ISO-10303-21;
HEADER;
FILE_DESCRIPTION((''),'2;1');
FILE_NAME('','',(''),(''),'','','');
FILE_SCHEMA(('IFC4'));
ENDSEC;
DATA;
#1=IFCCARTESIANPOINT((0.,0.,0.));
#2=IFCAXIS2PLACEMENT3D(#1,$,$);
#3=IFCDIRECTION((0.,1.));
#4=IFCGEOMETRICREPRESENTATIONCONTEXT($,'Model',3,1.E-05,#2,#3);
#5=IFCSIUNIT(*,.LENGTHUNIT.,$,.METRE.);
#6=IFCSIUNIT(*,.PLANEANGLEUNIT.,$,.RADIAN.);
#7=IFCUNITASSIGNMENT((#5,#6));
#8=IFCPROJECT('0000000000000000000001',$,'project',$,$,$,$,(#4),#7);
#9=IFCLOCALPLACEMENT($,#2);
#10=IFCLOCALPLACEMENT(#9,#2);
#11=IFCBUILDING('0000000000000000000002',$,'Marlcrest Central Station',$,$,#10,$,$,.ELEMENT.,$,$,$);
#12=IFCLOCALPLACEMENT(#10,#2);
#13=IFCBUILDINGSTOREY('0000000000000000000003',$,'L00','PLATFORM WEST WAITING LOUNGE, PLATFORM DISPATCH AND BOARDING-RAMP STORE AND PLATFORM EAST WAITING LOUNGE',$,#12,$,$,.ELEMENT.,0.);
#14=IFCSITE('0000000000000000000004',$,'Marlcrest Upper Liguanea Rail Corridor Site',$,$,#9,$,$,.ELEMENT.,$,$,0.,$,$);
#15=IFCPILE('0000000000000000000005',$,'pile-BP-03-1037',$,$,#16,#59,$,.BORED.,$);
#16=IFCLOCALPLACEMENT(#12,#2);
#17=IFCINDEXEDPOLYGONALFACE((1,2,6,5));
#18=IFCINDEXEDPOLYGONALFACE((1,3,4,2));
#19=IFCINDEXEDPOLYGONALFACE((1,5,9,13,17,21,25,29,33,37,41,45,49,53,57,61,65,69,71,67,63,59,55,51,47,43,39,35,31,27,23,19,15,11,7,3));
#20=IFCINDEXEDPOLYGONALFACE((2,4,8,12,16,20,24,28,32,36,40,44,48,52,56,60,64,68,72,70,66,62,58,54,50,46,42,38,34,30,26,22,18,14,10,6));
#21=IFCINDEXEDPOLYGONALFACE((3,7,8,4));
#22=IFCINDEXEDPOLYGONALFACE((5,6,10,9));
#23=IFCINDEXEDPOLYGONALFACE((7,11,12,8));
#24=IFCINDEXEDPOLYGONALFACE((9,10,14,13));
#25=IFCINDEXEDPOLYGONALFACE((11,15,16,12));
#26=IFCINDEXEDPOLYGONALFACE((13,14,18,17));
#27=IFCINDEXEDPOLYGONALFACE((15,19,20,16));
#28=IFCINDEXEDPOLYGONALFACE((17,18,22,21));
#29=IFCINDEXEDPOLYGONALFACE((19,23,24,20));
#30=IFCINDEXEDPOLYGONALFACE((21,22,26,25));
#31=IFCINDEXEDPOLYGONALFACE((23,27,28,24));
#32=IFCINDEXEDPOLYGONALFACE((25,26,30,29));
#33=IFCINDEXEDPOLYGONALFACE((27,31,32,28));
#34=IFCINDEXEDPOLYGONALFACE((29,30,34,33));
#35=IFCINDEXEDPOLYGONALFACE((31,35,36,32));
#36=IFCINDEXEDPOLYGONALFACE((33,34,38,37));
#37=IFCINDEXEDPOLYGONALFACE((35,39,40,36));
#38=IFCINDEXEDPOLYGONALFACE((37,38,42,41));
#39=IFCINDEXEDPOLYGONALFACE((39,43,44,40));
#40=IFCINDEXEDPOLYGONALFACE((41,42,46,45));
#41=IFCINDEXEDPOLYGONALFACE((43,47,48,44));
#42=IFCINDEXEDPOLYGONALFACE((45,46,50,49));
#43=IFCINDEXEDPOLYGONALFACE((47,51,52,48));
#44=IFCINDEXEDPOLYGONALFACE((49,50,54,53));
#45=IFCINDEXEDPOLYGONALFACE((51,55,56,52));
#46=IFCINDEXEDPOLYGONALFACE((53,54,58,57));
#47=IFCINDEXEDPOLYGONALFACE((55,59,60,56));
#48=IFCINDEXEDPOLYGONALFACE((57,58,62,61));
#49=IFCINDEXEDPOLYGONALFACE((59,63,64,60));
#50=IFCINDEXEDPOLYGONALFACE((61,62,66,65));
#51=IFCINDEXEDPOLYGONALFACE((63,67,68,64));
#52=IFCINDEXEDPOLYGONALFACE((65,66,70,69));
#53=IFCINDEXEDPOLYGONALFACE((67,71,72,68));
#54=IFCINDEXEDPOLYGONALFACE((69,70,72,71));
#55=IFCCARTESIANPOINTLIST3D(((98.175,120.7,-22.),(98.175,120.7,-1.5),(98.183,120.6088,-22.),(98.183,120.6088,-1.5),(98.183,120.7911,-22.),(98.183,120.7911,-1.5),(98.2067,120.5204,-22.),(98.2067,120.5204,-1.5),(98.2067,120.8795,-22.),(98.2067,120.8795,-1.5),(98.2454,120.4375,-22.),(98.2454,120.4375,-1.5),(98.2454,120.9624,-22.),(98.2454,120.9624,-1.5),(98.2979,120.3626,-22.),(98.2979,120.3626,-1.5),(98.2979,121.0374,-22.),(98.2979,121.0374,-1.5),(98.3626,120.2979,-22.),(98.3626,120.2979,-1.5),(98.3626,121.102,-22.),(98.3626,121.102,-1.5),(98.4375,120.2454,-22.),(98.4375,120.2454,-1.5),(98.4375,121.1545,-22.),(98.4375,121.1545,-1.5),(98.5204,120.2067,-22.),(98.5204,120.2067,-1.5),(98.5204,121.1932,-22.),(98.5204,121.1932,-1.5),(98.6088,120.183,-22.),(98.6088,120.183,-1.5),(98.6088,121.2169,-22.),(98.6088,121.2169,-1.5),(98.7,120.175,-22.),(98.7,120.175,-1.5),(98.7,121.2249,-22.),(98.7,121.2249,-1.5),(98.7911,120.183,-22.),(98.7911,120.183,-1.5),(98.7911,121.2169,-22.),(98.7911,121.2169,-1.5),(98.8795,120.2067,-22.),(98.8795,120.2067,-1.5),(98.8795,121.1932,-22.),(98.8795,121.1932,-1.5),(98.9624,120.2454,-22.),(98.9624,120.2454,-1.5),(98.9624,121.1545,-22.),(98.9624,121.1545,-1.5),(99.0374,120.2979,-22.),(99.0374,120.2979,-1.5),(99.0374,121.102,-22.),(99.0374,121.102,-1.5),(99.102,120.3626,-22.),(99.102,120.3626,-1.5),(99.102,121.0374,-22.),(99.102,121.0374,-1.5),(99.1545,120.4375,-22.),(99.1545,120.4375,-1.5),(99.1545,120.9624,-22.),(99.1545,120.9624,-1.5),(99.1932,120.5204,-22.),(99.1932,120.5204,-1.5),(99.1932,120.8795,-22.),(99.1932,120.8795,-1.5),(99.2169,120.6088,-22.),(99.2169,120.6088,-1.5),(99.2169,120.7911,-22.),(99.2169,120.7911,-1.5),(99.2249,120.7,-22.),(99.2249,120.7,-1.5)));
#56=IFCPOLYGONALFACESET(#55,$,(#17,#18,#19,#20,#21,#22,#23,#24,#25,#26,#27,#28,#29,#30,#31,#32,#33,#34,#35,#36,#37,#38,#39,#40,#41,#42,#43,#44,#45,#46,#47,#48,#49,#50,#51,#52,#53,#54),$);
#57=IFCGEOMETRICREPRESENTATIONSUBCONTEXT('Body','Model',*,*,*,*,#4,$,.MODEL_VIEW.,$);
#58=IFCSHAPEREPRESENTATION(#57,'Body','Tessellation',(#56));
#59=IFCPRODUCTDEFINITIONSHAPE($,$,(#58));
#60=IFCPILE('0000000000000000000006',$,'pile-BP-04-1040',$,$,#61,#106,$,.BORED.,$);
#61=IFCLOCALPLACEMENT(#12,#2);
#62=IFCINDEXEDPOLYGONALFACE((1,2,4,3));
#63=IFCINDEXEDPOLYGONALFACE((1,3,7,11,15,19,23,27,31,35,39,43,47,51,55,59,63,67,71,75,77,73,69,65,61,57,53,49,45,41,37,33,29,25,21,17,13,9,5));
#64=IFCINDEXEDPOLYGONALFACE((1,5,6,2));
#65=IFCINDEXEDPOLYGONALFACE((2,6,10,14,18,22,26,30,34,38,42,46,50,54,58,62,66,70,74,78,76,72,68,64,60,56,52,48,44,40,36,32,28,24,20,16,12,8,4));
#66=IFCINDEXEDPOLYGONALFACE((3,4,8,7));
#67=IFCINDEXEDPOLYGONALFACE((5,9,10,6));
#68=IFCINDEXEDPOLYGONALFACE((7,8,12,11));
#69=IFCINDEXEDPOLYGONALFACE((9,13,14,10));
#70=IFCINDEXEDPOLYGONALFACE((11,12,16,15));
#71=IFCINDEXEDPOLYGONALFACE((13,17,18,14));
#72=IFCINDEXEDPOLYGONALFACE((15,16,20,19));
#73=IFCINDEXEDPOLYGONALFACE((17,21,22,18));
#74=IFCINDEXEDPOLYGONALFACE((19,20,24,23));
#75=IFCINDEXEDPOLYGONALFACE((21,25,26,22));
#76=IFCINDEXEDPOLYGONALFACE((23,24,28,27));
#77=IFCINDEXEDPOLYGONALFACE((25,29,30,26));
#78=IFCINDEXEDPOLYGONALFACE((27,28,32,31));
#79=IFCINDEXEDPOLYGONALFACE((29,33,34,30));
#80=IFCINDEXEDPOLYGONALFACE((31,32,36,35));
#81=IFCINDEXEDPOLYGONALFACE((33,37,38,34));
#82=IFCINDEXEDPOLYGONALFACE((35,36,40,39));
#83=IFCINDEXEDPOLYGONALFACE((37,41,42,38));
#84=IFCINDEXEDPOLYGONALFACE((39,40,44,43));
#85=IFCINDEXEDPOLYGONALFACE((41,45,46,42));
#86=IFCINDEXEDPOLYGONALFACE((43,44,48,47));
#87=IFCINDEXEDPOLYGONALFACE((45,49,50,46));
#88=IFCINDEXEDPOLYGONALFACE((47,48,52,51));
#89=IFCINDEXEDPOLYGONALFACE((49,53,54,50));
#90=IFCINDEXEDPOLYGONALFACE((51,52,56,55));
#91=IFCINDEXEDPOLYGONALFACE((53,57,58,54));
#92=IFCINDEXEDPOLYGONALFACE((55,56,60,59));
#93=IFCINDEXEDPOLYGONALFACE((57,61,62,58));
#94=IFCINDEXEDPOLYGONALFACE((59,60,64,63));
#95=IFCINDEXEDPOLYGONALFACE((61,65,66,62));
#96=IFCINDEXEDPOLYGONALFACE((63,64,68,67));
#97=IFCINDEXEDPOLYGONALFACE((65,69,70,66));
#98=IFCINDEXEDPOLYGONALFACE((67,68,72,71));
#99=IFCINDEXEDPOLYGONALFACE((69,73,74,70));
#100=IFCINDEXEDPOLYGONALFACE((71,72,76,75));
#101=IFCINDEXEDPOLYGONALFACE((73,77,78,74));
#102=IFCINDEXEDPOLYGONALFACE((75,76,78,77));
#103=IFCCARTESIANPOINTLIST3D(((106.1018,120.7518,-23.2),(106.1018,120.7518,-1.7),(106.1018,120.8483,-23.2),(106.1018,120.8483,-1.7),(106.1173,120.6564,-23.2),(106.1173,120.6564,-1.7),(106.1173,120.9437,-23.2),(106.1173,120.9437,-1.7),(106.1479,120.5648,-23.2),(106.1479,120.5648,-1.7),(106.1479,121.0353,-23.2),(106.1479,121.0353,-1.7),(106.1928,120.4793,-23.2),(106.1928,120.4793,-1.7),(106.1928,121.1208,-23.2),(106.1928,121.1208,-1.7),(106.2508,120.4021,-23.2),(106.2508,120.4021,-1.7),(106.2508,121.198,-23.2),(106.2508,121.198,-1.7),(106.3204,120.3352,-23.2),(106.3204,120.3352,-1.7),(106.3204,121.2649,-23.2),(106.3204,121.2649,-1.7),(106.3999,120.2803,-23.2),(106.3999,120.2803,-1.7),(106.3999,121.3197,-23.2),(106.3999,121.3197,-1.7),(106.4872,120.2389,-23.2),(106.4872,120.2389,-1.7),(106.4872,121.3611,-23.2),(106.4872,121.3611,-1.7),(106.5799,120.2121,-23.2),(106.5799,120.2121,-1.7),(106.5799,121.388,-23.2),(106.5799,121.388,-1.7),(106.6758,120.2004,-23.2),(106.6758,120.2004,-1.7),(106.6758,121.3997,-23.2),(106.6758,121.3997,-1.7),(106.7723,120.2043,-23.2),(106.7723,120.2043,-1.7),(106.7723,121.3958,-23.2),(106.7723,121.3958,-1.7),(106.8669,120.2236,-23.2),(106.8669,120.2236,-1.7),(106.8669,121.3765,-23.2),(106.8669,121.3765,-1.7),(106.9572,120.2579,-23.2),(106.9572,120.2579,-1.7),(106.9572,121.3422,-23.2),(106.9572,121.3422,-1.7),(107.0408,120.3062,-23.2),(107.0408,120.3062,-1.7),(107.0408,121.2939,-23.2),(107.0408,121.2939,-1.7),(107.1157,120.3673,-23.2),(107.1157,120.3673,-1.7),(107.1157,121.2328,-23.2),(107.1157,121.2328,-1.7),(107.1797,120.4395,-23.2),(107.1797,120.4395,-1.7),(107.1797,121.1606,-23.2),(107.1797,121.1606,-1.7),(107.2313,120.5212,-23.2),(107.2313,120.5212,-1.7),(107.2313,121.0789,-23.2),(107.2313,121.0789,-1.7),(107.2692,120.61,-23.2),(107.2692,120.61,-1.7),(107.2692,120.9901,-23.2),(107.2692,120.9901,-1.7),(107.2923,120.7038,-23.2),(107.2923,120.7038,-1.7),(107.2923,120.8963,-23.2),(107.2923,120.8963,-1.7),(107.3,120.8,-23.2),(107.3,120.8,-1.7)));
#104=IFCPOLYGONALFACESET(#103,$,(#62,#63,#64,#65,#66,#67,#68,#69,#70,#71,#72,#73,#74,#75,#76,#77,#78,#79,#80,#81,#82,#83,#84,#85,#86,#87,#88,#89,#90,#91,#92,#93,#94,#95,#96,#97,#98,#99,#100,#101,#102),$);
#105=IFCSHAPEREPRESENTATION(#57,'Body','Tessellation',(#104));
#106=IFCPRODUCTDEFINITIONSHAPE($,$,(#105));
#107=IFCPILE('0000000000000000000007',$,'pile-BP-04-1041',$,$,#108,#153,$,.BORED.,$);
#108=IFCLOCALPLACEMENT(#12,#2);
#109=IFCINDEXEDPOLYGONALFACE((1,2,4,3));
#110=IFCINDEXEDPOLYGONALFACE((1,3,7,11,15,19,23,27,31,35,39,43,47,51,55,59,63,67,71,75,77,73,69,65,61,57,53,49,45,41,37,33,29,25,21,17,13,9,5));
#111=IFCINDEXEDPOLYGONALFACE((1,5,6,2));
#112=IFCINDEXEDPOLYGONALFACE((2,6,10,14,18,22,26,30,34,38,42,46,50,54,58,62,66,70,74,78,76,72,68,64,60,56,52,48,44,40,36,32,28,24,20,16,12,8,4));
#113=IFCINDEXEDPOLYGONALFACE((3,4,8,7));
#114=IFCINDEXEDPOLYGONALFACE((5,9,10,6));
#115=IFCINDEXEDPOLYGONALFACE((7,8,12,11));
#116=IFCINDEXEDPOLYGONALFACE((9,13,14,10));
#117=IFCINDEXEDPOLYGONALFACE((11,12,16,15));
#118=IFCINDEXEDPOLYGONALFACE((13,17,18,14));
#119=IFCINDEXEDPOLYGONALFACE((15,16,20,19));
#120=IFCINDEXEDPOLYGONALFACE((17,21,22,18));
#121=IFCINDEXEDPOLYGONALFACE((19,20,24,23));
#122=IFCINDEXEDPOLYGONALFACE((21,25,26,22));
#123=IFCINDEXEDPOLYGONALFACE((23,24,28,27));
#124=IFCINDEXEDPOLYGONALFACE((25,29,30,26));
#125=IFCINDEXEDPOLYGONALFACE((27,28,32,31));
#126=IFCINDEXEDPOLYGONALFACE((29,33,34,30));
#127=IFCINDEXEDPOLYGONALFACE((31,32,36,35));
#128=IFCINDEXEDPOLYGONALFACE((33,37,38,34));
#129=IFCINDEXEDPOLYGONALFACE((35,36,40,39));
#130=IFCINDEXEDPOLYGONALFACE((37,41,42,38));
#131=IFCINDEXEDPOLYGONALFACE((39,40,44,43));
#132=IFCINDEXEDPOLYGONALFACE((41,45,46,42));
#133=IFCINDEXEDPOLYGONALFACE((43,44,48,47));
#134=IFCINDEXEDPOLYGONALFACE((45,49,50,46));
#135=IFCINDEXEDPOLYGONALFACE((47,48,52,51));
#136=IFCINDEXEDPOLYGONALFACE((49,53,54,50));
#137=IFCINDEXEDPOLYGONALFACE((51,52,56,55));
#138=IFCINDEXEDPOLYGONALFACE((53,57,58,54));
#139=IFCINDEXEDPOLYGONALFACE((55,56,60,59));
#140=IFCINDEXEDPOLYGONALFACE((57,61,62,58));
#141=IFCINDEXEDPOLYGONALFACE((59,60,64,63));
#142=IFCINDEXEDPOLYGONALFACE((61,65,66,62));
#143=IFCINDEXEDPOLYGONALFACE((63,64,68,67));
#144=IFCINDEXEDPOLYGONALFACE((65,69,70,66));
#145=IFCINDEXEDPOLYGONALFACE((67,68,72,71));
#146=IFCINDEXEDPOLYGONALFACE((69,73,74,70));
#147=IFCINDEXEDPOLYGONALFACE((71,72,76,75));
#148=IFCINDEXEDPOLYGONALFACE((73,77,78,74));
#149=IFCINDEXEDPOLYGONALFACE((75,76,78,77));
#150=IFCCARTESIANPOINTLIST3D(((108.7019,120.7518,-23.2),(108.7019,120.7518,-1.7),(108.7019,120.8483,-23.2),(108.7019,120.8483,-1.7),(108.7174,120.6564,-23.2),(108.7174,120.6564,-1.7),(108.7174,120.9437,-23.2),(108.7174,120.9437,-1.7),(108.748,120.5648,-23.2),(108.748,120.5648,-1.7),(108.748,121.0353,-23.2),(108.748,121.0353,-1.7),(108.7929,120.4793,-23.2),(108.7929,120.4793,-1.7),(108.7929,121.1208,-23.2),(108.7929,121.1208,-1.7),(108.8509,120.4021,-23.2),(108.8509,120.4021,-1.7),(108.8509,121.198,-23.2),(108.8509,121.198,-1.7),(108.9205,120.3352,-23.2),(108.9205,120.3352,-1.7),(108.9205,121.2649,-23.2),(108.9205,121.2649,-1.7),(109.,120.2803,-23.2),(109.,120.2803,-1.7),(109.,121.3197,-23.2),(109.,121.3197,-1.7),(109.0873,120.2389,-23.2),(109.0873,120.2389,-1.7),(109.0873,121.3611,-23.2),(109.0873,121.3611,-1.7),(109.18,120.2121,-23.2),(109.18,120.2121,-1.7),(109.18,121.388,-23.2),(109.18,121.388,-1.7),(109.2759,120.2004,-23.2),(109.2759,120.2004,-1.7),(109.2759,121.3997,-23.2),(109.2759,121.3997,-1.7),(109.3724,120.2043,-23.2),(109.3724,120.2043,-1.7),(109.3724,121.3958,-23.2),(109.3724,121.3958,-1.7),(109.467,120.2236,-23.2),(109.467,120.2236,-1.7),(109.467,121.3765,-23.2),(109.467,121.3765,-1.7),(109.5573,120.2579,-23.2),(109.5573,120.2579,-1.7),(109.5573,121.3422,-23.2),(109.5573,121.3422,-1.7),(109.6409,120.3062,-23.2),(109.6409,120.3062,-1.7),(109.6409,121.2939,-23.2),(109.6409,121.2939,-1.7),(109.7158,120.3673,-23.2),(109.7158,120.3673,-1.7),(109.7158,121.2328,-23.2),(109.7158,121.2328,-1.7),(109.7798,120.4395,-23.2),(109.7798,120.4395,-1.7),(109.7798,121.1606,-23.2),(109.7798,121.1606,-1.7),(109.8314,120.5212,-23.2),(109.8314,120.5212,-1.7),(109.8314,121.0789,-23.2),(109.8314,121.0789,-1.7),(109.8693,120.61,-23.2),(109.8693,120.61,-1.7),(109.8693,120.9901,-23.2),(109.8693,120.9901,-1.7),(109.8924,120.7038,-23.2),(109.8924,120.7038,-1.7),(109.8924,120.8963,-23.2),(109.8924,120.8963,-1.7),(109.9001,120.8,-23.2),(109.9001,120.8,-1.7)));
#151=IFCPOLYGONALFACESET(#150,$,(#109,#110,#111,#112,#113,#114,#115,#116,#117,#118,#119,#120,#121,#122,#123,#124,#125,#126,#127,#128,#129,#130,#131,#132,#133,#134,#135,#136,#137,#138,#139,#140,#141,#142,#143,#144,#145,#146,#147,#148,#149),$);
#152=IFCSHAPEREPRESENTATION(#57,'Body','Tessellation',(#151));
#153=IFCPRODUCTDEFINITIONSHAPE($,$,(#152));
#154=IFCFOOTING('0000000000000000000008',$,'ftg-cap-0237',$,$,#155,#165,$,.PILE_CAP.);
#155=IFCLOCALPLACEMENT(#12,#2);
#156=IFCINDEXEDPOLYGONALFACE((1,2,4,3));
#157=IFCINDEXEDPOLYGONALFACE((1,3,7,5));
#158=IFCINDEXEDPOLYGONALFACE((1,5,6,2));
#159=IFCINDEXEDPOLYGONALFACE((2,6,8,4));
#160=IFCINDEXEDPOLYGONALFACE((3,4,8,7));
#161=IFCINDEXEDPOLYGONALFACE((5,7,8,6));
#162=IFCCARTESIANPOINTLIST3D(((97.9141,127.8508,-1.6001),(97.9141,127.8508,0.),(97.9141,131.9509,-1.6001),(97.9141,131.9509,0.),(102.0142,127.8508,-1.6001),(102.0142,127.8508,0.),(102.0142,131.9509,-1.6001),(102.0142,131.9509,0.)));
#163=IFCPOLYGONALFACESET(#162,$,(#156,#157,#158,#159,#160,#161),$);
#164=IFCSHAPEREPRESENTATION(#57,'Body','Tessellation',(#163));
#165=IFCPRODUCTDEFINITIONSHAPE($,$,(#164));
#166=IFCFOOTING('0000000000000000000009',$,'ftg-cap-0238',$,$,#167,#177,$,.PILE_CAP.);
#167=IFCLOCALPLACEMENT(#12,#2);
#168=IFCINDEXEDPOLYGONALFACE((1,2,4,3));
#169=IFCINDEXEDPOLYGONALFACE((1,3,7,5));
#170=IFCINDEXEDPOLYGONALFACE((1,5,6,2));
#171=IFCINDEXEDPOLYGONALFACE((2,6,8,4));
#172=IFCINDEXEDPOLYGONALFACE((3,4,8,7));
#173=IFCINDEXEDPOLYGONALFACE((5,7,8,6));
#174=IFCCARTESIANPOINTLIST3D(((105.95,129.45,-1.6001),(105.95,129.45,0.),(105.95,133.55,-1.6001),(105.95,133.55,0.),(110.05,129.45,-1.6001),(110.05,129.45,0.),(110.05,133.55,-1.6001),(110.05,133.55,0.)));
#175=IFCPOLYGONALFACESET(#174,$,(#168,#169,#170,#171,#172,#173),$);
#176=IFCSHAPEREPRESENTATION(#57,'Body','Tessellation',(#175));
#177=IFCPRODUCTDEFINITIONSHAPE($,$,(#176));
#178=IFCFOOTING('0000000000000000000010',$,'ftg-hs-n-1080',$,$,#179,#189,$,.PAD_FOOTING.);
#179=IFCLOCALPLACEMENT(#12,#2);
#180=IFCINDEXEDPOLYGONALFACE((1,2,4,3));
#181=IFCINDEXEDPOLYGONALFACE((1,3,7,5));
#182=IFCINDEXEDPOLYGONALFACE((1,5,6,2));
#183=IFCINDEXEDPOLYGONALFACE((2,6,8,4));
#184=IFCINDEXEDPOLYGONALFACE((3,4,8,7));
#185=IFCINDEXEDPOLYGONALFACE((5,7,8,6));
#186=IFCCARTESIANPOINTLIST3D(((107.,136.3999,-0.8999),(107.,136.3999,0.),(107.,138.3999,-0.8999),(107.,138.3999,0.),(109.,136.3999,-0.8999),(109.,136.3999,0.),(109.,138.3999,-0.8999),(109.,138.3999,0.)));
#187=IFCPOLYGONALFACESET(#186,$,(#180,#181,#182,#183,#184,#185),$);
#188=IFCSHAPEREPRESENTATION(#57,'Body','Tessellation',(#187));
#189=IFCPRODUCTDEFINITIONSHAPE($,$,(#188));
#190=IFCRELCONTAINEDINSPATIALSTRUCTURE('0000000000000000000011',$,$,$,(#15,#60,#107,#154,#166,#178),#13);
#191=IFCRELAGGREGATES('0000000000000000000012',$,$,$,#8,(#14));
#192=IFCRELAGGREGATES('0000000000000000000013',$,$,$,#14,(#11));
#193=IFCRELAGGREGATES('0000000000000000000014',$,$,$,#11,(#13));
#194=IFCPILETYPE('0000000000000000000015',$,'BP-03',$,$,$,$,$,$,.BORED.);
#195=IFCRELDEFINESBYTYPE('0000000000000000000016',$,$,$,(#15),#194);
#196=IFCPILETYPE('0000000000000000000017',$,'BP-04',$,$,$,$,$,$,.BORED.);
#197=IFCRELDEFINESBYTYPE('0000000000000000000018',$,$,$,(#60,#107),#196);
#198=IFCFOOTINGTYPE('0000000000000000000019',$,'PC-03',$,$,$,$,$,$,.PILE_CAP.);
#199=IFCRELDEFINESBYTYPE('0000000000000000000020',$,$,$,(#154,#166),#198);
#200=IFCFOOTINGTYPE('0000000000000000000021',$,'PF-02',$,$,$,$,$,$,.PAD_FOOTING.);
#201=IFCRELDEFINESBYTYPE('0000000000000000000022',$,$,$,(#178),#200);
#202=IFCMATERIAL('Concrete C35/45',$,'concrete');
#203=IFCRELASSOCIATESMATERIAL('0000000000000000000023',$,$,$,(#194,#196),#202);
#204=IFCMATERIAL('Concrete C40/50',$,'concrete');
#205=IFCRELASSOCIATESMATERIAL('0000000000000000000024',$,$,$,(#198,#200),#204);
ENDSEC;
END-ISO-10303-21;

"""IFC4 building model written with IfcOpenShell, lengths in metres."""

from ifc_helpers import new_model, si_unit, direction, frame, origin, origin_2d, place, context, subcontext, project, spatial, rectangle, circle, extrude, material, material_profile, profile_set, type_object, element, save


model = new_model("IFC4")

# Units and contexts
model_context = context("Model", 3, precision=1e-05, world=origin(), true_north=direction((0.0, 1.0)))
body_context = subcontext(model_context, "Body", "Model", "MODEL_VIEW")
ifc_project = project(units=[si_unit("LENGTHUNIT", "METRE"), si_unit("PLANEANGLEUNIT", "RADIAN")], contexts=[model_context])

# Site, building, storey
site_placement = place(None, origin())
site = spatial("IfcSite", under=ifc_project, at=site_placement, Name="Marlcrest Upper Liguanea Rail Corridor Site", CompositionType="ELEMENT", RefElevation=0.0)
building_placement = place(site_placement, origin())
building = spatial("IfcBuilding", under=site, at=building_placement, Name="Marlcrest Central Station", CompositionType="ELEMENT")
storey_placement = place(building_placement, origin())
storey = spatial("IfcBuildingStorey", under=building, at=storey_placement, Name="L00", Description="PLATFORM WEST WAITING LOUNGE, PLATFORM DISPATCH AND BOARDING-RAMP STORE AND PLATFORM EAST WAITING LOUNGE", CompositionType="ELEMENT", Elevation=0.0)

# Piles
ifc_material_1 = material(Name="Concrete C35/45", Category="concrete")
ifc_material_profile_1 = material_profile(ifc_material_1, circle(Radius=0.5249, at=origin_2d()), Name="PILE D1050")
ifc_profile_set_1 = profile_set([ifc_material_profile_1], Name="Concrete C35/45")
pile_type_1 = type_object("IfcPileType", Name="BP-03", PredefinedType="BORED", material=ifc_profile_set_1)
for number, where, z_axis, x_axis, name in (
    (1, (98.7, 120.7, -1.5), (0.0, 0.0, -1.0), (1.0, 0.0, 0.0), "pile-BP-03-1037"),
):
    element("IfcPile", number, at=place(storey_placement, frame(where, z_axis=z_axis, x_axis=x_axis)), inside=storey, type_object=pile_type_1, Name=name, PredefinedType="BORED", context=body_context, shape_type="SweptSolid", body=[
        extrude(circle(Radius=0.5249, at=origin_2d()), origin(), (0.0, 0.0, 1.0), 20.5),
    ])
ifc_material_profile_2 = material_profile(ifc_material_1, circle(Radius=0.6001, at=origin_2d()), Name="PILE D1200")
ifc_profile_set_2 = profile_set([ifc_material_profile_2], Name="Concrete C35/45")
pile_type_2 = type_object("IfcPileType", Name="BP-04", PredefinedType="BORED", material=ifc_profile_set_2)
for number, where, z_axis, x_axis, name in (
    (2, (106.7, 120.8, -1.7), (0.0, 0.0, -1.0), (1.0, 0.0, 0.0), "pile-BP-04-1040"),
    (3, (109.3, 120.8, -1.7), (0.0, 0.0, -1.0), (1.0, 0.0, 0.0), "pile-BP-04-1041"),
):
    element("IfcPile", number, at=place(storey_placement, frame(where, z_axis=z_axis, x_axis=x_axis)), inside=storey, type_object=pile_type_2, Name=name, PredefinedType="BORED", context=body_context, shape_type="SweptSolid", body=[
        extrude(circle(Radius=0.6001, at=origin_2d()), origin(), (0.0, 0.0, 1.0), 21.5),
    ])

# Footings
ifc_material_2 = material(Name="Concrete C40/50", Category="concrete")
footing_type_1 = type_object("IfcFootingType", Name="PC-03", PredefinedType="PILE_CAP", material=ifc_material_2)
for number, where, z_axis, x_axis, name in (
    (4, (99.9641, 129.9009, -1.6001), (0.0, 0.0, 1.0), (1.0, 0.0, 0.0), "ftg-cap-0237"),
    (5, (108.0, 131.5, -1.6001), (0.0, 0.0, 1.0), (1.0, 0.0, 0.0), "ftg-cap-0238"),
):
    element("IfcFooting", number, at=place(storey_placement, frame(where, z_axis=z_axis, x_axis=x_axis)), inside=storey, type_object=footing_type_1, Name=name, PredefinedType="PILE_CAP", context=body_context, shape_type="SweptSolid", body=[
        extrude(rectangle(XDim=4.1001, YDim=4.1001, at=origin_2d()), origin(), (0.0, 0.0, 1.0), 1.6001),
    ])
footing_type_2 = type_object("IfcFootingType", Name="PF-02", PredefinedType="PAD_FOOTING", material=ifc_material_2)
footing_placement = place(storey_placement, frame((108.0, 137.3999, -0.8999), z_axis=(0.0, 0.0, 1.0), x_axis=(1.0, 0.0, 0.0)))
element("IfcFooting", 6, at=footing_placement, inside=storey, type_object=footing_type_2, Name="ftg-hs-n-1080", PredefinedType="PAD_FOOTING", context=body_context, shape_type="SweptSolid", body=[
    extrude(rectangle(XDim=2.0, YDim=2.0, at=origin_2d()), origin(), (0.0, 0.0, 1.0), 0.8999),
])

save(model, "model.ifc")
